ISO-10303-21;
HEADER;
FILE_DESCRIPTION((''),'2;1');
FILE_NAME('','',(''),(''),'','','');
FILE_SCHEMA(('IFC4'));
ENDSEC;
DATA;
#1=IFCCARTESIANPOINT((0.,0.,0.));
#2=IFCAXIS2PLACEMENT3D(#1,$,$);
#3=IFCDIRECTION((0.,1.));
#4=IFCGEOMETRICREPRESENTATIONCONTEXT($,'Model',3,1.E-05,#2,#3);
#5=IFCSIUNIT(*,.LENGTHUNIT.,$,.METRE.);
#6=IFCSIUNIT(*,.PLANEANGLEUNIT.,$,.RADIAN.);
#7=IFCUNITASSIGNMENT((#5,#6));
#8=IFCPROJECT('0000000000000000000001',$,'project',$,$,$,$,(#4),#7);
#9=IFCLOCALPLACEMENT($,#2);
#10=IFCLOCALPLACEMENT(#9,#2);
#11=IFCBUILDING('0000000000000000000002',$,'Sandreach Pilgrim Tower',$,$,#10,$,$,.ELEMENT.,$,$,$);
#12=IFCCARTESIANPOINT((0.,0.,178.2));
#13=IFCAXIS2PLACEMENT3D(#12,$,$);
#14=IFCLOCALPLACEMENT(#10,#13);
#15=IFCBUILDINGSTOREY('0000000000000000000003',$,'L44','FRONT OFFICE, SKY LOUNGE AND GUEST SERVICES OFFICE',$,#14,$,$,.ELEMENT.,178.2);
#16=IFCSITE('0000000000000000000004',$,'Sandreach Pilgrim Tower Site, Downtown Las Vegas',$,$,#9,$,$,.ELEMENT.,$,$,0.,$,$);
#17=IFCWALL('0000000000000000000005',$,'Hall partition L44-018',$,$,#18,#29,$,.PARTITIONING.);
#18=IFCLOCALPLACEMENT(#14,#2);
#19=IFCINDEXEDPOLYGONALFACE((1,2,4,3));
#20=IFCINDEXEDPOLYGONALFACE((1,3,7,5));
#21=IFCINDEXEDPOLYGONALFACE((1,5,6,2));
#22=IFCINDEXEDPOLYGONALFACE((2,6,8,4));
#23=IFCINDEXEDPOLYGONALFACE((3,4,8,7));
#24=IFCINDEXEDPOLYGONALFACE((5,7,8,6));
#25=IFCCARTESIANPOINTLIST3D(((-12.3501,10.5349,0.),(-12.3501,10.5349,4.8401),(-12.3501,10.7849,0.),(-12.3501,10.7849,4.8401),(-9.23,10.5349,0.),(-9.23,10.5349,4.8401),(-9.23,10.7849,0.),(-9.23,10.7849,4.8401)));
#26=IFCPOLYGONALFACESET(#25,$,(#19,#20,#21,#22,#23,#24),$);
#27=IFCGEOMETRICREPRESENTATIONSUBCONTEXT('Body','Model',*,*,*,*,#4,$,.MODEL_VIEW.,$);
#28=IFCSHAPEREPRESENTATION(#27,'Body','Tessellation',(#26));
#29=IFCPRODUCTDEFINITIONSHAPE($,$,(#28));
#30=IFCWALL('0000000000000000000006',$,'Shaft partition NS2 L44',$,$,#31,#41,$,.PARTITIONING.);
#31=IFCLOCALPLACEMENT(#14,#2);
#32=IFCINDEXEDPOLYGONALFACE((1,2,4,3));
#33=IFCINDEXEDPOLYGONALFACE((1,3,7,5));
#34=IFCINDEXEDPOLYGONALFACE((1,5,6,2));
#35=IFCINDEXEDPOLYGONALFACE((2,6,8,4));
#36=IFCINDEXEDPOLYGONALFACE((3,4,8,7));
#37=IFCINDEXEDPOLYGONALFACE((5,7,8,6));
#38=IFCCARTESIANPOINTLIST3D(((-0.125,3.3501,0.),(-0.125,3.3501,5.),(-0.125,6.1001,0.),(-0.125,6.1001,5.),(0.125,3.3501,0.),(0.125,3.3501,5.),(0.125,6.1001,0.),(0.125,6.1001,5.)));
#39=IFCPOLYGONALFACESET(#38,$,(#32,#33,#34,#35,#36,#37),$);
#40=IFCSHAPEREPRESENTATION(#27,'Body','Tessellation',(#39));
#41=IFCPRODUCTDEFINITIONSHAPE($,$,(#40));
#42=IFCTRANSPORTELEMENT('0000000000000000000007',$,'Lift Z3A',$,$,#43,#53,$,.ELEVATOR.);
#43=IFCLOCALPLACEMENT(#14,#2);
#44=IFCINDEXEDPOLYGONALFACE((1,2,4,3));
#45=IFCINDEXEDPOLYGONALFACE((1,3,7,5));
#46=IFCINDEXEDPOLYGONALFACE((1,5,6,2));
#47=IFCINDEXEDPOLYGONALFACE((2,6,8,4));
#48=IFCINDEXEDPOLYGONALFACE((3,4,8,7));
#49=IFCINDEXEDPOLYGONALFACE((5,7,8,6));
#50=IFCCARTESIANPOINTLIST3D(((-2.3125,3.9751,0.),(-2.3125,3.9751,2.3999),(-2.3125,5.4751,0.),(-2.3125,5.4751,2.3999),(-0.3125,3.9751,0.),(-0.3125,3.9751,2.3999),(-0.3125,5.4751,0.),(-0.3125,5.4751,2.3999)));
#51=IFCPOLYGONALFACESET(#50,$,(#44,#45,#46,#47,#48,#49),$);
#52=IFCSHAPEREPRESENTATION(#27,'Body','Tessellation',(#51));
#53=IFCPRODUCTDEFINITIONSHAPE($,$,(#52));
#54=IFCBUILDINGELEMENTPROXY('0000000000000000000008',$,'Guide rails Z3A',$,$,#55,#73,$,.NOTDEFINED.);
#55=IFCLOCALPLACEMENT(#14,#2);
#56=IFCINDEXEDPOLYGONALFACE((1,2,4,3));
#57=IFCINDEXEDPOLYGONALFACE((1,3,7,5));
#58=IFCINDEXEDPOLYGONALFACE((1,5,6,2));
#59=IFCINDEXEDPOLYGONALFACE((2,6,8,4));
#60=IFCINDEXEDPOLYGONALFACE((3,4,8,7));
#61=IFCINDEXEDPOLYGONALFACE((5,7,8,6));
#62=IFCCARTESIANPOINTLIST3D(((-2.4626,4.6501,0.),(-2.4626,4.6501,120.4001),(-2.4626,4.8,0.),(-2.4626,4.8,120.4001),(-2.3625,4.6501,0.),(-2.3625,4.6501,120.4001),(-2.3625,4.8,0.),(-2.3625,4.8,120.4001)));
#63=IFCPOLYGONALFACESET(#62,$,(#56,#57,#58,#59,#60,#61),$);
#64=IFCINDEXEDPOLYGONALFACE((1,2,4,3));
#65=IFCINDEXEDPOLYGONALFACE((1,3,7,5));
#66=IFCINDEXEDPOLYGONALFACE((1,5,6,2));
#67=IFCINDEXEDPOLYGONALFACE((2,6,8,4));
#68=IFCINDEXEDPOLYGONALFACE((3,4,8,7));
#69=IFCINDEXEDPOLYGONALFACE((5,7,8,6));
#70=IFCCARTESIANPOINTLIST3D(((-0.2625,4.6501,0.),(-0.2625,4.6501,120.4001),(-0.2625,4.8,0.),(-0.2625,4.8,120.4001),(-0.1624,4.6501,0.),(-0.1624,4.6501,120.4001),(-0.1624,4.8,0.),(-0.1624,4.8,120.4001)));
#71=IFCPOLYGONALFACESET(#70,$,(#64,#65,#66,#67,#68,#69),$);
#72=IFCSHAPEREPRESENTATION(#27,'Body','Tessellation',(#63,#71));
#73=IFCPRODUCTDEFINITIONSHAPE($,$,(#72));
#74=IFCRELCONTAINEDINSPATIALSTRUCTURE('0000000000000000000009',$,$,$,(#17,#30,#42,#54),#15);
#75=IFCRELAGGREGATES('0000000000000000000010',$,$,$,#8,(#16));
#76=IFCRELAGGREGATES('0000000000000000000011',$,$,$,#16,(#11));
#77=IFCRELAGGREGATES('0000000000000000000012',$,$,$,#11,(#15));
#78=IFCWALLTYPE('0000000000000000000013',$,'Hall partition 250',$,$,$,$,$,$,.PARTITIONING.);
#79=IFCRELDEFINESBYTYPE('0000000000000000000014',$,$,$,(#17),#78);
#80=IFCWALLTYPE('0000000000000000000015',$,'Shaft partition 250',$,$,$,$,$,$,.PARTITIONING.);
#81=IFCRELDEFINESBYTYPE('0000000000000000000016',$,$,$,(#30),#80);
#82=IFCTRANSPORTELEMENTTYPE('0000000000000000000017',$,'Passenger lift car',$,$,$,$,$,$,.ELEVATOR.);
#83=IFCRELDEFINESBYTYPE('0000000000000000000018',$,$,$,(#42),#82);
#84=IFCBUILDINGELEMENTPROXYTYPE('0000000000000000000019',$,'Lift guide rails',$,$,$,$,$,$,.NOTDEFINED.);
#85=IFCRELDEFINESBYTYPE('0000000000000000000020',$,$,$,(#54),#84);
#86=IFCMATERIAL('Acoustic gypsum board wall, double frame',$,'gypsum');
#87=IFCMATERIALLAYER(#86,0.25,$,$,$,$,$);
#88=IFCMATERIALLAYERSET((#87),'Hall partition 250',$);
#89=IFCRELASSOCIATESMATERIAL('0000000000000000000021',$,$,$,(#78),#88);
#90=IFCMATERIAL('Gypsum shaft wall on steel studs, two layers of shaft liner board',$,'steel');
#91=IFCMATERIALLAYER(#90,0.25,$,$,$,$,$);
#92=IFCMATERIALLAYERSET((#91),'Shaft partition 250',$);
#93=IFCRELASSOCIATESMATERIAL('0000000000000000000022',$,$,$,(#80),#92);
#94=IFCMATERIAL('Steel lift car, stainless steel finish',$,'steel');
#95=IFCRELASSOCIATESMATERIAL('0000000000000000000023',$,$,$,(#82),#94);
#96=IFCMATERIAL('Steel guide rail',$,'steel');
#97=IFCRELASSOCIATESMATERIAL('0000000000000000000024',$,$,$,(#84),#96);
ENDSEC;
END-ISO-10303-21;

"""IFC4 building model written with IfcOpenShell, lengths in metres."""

from ifc_helpers import new_model, si_unit, direction, frame, frame_2d, origin, origin_2d, place, context, subcontext, project, spatial, rectangle, extrude, material, layer, layer_set, type_object, element, save


model = new_model("IFC4")

# Units and contexts
model_context = context("Model", 3, precision=1e-05, world=origin(), true_north=direction((0.0, 1.0)))
body_context = subcontext(model_context, "Body", "Model", "MODEL_VIEW")
ifc_project = project(units=[si_unit("LENGTHUNIT", "METRE"), si_unit("PLANEANGLEUNIT", "RADIAN")], contexts=[model_context])

# Site, building, storey
site_placement = place(None, origin())
site = spatial("IfcSite", under=ifc_project, at=site_placement, Name="Sandreach Pilgrim Tower Site, Downtown Las Vegas", CompositionType="ELEMENT", RefElevation=0.0)
building_placement = place(site_placement, origin())
building = spatial("IfcBuilding", under=site, at=building_placement, Name="Sandreach Pilgrim Tower", CompositionType="ELEMENT")
storey_placement = place(building_placement, frame((0.0, 0.0, 178.2)))
storey = spatial("IfcBuildingStorey", under=building, at=storey_placement, Name="L44", Description="FRONT OFFICE, SKY LOUNGE AND GUEST SERVICES OFFICE", CompositionType="ELEMENT", Elevation=178.2)

# Shared definitions
ifc_material_1 = material(Name="Acoustic gypsum board wall, double frame", Category="gypsum")
ifc_layer_1 = layer(ifc_material_1, 0.25)
ifc_layer_set_1 = layer_set([ifc_layer_1], Name="Hall partition 250")
wall_type_1 = type_object("IfcWallType", Name="Hall partition 250", PredefinedType="PARTITIONING", material=ifc_layer_set_1)

# Walls
wall_1_placement = place(storey_placement, frame((-9.23, 10.6599, 0.0), z_axis=(0.0, 0.0, 1.0), x_axis=(-1.0, 0.0, 0.0)))
element("IfcWall", 1, at=wall_1_placement, inside=storey, type_object=wall_type_1, Name="Hall partition L44-018", PredefinedType="PARTITIONING", context=body_context, shape_type="SweptSolid", body=[
    extrude(rectangle(XDim=3.1201, YDim=0.25, at=frame_2d((1.5601, 0.0))), origin(), (0.0, 0.0, 1.0), 4.8401),
])
ifc_material_2 = material(Name="Gypsum shaft wall on steel studs, two layers of shaft liner board", Category="steel")
ifc_layer_2 = layer(ifc_material_2, 0.25)
ifc_layer_set_2 = layer_set([ifc_layer_2], Name="Shaft partition 250")
wall_type_2 = type_object("IfcWallType", Name="Shaft partition 250", PredefinedType="PARTITIONING", material=ifc_layer_set_2)
wall_2_placement = place(storey_placement, frame((0.0, 3.3501, 0.0), z_axis=(0.0, 0.0, 1.0), x_axis=(0.0, 1.0, 0.0)))
element("IfcWall", 2, at=wall_2_placement, inside=storey, type_object=wall_type_2, Name="Shaft partition NS2 L44", PredefinedType="PARTITIONING", context=body_context, shape_type="SweptSolid", body=[
    extrude(rectangle(XDim=2.75, YDim=0.25, at=frame_2d((1.375, 0.0))), origin(), (0.0, 0.0, 1.0), 5.0),
])

# Transport element
ifc_material_3 = material(Name="Steel lift car, stainless steel finish", Category="steel")
transport_element_type = type_object("IfcTransportElementType", Name="Passenger lift car", PredefinedType="ELEVATOR", material=ifc_material_3)
transport_element_placement = place(storey_placement, frame((-1.3125, 4.7251, 0.0), z_axis=(0.0, 0.0, 1.0), x_axis=(1.0, 0.0, 0.0)))
element("IfcTransportElement", 3, at=transport_element_placement, inside=storey, type_object=transport_element_type, Name="Lift Z3A", PredefinedType="ELEVATOR", context=body_context, shape_type="SweptSolid", body=[
    extrude(rectangle(XDim=2.0, YDim=1.5, at=origin_2d()), origin(), (0.0, 0.0, 1.0), 2.3999),
])

# Building element proxy
ifc_material_4 = material(Name="Steel guide rail", Category="steel")
building_element_proxy_type = type_object("IfcBuildingElementProxyType", Name="Lift guide rails", PredefinedType="NOTDEFINED", material=ifc_material_4)
proxy_placement = place(storey_placement, frame((-1.3125, 4.7251, 0.0), z_axis=(0.0, 0.0, 1.0), x_axis=(1.0, 0.0, 0.0)))
element("IfcBuildingElementProxy", 4, at=proxy_placement, inside=storey, type_object=building_element_proxy_type, Name="Guide rails Z3A", PredefinedType="NOTDEFINED", context=body_context, shape_type="SweptSolid", body=[
    extrude(rectangle(XDim=0.1001, YDim=0.1499, at=origin_2d()), frame((-1.1001, 0.0, 0.0)), (0.0, 0.0, 1.0), 120.4001),
    extrude(rectangle(XDim=0.1001, YDim=0.1499, at=origin_2d()), frame((1.1001, 0.0, 0.0)), (0.0, 0.0, 1.0), 120.4001),
])

save(model, "model.ifc")
